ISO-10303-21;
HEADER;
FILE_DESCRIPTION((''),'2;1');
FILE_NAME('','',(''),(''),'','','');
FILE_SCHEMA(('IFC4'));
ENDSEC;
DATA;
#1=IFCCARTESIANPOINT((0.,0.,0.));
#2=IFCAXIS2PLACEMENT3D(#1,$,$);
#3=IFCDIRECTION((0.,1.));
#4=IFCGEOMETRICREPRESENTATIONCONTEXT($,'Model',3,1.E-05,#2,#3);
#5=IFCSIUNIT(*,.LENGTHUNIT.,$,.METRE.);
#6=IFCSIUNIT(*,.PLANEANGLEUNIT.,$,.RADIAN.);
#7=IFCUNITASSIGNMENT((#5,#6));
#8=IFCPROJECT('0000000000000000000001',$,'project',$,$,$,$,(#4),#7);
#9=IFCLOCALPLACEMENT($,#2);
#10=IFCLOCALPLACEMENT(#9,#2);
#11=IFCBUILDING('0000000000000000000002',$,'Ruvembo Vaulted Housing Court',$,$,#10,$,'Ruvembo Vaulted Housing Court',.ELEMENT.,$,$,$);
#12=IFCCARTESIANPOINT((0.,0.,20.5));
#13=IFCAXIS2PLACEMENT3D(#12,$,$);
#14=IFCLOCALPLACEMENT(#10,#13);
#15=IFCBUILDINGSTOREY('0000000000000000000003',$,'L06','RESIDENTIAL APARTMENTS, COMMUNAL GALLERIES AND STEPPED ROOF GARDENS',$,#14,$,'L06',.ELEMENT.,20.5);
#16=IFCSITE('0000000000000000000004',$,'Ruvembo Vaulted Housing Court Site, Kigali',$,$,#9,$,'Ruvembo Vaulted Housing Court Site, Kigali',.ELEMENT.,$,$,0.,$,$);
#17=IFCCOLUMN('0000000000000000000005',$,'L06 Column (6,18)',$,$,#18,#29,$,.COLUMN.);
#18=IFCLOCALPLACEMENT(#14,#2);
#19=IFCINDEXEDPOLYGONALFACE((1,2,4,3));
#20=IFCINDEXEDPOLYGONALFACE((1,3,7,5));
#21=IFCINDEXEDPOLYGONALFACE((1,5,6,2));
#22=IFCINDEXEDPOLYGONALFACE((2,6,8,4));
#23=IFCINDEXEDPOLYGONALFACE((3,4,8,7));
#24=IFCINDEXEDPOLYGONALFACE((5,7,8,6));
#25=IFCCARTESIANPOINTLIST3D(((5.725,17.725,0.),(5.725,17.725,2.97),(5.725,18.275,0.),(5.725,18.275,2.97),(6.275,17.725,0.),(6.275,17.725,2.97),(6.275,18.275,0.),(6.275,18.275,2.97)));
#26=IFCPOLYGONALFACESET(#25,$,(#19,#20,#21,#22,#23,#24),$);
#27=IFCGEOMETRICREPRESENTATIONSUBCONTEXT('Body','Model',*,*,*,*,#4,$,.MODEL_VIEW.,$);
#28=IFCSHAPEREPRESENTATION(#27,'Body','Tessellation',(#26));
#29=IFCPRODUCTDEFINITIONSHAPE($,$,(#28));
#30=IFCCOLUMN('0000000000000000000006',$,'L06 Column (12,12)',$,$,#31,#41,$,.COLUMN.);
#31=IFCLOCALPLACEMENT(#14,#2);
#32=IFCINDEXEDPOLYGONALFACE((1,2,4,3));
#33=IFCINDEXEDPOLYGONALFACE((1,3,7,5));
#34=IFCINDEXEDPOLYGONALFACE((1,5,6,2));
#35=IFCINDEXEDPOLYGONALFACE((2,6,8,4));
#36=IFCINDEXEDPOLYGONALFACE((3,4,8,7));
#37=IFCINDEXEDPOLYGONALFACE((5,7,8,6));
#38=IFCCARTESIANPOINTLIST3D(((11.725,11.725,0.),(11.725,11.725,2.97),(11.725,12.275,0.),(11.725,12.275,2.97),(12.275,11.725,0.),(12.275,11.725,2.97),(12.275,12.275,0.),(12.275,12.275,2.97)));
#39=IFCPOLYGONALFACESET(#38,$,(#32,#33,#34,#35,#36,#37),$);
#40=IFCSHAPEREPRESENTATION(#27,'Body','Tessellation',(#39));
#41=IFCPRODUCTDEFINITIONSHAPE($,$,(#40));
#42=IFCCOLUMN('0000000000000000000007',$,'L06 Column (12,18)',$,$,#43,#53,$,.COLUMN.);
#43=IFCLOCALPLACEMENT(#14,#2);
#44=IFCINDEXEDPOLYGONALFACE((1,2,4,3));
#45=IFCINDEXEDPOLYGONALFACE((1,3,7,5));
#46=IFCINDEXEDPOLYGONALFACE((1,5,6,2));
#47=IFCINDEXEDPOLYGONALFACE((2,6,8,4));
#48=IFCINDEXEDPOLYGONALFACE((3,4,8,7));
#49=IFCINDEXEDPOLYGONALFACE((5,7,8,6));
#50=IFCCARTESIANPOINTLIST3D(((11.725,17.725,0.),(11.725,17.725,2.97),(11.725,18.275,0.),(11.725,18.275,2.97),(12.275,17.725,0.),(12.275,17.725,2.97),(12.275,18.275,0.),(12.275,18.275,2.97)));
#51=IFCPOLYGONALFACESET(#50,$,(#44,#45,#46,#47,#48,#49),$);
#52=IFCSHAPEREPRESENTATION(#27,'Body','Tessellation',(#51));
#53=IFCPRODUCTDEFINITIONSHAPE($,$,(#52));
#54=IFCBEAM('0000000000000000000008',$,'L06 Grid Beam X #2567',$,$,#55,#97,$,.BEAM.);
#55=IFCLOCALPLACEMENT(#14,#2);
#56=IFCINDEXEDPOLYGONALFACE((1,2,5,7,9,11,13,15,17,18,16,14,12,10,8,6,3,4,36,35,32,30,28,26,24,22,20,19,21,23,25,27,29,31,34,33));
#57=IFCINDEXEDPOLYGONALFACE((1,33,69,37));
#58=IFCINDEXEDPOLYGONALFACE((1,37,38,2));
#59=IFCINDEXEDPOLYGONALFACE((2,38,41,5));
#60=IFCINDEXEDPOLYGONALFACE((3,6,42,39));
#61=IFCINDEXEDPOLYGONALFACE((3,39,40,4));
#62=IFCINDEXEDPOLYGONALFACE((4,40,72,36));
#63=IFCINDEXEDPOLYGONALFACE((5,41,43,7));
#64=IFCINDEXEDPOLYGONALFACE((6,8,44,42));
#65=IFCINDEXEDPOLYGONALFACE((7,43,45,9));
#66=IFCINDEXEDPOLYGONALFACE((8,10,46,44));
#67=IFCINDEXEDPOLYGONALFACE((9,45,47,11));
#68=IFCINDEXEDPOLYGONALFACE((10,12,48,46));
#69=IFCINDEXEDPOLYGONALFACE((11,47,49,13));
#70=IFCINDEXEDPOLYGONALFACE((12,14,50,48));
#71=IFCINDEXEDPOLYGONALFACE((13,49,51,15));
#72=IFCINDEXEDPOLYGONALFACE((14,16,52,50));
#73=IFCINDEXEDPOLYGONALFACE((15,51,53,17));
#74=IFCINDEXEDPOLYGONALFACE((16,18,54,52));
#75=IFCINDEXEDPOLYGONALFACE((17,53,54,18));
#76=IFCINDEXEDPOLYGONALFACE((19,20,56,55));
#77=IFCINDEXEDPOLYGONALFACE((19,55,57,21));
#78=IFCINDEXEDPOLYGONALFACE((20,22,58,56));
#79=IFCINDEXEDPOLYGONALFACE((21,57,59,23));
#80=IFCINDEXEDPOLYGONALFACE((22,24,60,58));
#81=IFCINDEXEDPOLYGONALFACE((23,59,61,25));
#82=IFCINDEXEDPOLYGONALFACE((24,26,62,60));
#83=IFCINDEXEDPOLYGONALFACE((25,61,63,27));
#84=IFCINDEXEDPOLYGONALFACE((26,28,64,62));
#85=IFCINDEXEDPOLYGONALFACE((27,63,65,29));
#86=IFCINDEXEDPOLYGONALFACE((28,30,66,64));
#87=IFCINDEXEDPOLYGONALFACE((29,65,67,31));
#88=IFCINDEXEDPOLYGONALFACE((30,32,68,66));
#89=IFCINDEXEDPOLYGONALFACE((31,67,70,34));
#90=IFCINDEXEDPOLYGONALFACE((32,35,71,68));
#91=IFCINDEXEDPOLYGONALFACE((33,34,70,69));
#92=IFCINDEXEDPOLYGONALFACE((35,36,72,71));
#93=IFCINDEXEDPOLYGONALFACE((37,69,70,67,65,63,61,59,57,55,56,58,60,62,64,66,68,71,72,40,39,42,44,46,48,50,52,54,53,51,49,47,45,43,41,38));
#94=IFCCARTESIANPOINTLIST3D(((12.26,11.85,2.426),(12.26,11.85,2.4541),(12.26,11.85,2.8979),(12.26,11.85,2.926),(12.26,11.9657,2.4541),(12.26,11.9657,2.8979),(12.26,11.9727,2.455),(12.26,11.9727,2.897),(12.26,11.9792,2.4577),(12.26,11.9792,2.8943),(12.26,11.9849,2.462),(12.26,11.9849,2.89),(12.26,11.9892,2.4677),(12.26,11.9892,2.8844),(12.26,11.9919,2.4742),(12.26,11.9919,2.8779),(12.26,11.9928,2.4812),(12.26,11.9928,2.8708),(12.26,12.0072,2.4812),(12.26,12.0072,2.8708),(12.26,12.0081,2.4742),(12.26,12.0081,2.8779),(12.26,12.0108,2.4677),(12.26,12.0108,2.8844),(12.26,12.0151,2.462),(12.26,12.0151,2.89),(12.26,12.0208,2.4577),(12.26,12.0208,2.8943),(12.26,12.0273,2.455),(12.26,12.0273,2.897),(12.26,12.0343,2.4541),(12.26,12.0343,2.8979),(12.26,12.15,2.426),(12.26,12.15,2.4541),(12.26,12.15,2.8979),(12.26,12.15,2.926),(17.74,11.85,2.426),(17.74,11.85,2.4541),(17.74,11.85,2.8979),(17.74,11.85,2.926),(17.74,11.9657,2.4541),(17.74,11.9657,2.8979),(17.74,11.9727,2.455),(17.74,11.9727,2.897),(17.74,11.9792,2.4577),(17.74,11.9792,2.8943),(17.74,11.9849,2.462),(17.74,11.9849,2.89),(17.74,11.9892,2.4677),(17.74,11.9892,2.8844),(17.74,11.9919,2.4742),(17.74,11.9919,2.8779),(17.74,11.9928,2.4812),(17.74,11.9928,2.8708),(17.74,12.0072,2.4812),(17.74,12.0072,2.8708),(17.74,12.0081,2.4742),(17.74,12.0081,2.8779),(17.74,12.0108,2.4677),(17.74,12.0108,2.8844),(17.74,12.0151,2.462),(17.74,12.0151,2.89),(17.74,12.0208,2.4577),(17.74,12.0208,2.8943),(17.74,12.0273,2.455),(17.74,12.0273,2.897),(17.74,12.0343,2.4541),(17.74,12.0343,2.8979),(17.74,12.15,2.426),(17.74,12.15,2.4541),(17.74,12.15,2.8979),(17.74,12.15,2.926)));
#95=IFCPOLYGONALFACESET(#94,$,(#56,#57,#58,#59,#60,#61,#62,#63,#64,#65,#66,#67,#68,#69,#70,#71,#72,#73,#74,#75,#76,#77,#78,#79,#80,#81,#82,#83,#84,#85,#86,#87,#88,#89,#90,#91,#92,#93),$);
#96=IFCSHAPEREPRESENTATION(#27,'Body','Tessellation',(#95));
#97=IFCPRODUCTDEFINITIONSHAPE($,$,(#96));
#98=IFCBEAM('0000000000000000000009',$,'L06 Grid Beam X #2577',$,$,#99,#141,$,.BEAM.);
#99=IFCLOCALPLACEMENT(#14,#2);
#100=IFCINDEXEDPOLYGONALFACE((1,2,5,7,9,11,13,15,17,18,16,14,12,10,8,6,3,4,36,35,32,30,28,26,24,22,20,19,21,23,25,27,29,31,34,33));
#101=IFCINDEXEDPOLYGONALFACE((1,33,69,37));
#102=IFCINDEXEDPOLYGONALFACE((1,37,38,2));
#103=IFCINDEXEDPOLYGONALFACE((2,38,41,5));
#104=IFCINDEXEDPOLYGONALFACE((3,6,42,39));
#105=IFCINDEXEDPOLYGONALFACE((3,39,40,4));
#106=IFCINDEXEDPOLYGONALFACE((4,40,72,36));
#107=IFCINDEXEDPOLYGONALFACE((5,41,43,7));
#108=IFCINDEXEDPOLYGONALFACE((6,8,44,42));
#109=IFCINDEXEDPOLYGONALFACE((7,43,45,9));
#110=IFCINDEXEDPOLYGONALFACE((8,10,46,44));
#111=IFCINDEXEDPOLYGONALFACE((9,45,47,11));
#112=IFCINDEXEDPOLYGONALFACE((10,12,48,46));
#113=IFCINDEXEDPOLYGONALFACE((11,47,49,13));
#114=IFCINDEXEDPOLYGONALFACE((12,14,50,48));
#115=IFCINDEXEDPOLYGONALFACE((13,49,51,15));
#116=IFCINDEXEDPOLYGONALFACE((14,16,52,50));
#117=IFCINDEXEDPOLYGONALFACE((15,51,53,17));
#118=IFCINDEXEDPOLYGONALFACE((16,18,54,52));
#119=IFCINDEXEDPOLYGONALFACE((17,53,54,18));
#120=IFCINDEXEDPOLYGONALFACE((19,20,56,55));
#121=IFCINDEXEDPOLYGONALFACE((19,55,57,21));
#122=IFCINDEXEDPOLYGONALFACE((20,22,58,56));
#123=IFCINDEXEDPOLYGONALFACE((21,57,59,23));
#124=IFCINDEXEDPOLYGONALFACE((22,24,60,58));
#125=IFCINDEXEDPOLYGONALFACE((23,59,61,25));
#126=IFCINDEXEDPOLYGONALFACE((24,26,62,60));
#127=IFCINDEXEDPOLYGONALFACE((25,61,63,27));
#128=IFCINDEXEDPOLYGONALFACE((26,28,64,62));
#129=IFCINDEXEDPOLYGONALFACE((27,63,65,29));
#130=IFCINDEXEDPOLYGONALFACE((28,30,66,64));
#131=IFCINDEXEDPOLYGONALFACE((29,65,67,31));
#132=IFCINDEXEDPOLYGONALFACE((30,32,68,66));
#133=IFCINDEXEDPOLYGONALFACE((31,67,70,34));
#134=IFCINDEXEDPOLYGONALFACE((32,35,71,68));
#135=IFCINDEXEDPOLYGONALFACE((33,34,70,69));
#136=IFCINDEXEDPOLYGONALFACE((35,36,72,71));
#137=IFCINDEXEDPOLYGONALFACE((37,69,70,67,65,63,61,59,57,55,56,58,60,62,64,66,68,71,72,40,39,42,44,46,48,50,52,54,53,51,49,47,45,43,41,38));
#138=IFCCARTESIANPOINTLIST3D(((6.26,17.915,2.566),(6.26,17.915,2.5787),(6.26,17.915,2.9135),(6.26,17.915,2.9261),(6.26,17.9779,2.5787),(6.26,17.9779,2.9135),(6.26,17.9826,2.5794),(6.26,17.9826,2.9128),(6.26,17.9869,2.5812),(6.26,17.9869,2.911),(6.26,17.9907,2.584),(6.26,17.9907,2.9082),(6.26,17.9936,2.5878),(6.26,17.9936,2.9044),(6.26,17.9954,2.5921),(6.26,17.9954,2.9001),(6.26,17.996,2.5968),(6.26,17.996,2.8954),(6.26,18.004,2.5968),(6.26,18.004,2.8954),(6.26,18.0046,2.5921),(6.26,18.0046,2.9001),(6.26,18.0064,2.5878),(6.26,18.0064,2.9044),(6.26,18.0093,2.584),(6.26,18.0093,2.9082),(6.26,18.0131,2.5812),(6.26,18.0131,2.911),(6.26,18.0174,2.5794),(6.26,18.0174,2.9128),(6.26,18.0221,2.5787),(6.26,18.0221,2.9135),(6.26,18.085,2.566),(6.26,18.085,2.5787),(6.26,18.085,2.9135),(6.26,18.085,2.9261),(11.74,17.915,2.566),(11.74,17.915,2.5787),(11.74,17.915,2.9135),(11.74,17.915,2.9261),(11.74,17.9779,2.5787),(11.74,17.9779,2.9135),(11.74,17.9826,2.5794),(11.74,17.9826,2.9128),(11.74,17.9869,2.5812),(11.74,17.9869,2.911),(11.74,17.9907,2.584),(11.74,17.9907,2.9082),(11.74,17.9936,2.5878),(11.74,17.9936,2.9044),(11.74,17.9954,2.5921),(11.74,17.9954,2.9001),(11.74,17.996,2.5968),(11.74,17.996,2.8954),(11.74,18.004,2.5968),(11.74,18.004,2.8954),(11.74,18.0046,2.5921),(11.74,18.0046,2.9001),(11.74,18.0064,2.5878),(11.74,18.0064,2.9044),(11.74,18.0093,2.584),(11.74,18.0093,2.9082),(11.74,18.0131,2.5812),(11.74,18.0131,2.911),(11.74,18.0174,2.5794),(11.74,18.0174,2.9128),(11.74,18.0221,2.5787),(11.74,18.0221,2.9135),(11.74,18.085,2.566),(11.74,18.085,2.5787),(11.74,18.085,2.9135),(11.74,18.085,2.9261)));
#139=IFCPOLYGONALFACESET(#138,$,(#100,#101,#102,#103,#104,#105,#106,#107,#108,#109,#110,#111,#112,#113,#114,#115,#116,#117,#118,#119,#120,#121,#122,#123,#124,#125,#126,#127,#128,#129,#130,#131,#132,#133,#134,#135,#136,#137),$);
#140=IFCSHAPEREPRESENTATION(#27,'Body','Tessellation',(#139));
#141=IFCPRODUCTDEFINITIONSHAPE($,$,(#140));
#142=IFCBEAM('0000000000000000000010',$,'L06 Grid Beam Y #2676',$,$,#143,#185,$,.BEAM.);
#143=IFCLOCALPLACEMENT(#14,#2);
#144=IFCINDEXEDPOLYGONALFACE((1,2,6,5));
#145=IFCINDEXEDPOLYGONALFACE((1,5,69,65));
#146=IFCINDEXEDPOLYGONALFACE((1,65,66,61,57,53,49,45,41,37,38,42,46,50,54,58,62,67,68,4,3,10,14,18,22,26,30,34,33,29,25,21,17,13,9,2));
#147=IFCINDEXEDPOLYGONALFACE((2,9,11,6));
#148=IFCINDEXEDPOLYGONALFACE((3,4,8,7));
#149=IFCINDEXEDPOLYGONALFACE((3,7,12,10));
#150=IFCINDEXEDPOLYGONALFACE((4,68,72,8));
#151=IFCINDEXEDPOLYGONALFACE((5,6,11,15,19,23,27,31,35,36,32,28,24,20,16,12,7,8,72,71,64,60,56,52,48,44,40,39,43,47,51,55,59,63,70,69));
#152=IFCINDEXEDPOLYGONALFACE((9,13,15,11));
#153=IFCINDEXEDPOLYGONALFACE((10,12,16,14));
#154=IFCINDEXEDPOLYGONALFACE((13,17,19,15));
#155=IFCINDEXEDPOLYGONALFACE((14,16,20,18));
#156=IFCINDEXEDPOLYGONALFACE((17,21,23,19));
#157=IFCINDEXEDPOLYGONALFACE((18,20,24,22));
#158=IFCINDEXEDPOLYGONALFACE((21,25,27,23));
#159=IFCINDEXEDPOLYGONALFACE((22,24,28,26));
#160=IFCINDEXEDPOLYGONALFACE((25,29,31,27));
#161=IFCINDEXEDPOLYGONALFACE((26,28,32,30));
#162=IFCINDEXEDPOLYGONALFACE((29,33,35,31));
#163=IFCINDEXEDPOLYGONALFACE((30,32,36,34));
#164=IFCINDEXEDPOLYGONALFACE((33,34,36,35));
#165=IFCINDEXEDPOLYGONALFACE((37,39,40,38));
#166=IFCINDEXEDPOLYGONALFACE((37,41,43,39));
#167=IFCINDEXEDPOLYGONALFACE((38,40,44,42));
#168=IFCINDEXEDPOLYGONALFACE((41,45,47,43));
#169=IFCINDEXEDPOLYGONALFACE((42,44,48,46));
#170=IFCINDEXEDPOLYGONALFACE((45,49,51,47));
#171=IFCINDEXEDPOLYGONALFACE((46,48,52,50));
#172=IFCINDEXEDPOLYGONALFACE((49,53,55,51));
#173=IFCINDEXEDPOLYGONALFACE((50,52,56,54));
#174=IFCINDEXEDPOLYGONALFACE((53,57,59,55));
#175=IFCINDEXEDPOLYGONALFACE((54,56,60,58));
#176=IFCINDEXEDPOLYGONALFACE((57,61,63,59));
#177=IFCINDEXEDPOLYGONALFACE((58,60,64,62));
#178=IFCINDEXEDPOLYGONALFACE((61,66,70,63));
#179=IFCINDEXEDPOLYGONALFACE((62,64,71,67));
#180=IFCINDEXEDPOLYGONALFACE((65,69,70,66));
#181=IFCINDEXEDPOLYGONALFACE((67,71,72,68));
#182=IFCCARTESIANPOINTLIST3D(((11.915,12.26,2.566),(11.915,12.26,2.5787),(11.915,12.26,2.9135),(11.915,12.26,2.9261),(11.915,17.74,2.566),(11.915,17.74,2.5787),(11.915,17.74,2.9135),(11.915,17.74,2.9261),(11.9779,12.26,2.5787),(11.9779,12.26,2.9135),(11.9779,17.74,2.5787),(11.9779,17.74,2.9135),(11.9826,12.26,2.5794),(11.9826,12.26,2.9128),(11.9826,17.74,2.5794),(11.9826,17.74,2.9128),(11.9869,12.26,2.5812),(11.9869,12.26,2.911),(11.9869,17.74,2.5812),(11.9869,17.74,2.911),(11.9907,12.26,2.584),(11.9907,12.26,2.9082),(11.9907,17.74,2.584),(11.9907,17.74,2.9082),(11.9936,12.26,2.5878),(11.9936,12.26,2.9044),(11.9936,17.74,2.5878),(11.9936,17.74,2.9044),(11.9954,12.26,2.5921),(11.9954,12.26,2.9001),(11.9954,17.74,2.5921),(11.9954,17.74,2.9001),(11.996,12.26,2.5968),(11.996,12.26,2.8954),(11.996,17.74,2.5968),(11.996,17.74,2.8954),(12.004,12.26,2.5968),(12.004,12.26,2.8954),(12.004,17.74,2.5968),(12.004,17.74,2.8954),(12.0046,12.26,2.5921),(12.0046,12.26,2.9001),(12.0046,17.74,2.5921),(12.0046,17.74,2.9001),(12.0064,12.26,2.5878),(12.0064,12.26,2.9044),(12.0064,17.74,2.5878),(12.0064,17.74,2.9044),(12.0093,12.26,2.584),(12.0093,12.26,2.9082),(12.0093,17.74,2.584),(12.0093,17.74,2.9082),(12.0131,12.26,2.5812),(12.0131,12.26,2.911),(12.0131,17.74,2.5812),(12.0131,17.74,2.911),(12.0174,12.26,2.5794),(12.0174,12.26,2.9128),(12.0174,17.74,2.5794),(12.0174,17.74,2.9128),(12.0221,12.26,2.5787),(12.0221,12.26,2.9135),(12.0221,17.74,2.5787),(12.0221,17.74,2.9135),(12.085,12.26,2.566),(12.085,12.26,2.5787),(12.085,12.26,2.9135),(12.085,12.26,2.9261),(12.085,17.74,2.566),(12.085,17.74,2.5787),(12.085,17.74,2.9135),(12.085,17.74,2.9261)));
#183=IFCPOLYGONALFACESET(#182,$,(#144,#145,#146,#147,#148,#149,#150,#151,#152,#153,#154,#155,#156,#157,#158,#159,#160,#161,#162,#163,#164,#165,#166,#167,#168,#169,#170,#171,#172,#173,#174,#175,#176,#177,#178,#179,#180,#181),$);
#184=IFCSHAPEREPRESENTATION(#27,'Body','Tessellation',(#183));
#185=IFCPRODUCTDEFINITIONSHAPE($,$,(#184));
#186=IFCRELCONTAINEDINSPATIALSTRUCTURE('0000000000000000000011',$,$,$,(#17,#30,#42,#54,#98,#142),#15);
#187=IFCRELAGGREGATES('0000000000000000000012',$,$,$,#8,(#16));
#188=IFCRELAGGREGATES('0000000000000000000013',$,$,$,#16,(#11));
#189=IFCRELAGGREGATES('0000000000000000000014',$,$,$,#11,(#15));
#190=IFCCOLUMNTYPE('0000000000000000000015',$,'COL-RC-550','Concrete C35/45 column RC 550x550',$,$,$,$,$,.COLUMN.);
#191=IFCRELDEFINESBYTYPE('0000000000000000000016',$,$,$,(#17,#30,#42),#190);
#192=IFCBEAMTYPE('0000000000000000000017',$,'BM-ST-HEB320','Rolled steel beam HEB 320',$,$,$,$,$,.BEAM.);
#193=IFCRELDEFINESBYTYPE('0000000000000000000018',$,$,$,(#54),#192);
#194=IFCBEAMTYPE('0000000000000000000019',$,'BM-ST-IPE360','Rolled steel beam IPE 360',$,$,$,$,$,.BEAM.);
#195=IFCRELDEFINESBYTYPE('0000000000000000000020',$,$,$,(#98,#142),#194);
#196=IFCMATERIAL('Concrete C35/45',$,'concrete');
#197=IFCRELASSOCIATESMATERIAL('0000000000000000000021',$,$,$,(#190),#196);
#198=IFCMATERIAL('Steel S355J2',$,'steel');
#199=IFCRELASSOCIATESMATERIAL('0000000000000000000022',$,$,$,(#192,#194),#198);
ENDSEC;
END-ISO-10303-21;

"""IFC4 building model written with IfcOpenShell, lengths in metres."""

from ifc_helpers import new_model, si_unit, direction, frame, origin, origin_2d, place, context, subcontext, project, spatial, rectangle, i_section, extrude, material, material_profile, profile_set, type_object, element, save


model = new_model("IFC4")

# Units and contexts
model_context = context("Model", 3, precision=1e-05, world=origin(), true_north=direction((0.0, 1.0)))
body_context = subcontext(model_context, "Body", "Model", "MODEL_VIEW")
ifc_project = project(units=[si_unit("LENGTHUNIT", "METRE"), si_unit("PLANEANGLEUNIT", "RADIAN")], contexts=[model_context])

# Site, building, storey
site_placement = place(None, origin())
site = spatial("IfcSite", under=ifc_project, at=site_placement, Name="Ruvembo Vaulted Housing Court Site, Kigali", LongName="Ruvembo Vaulted Housing Court Site, Kigali", CompositionType="ELEMENT", RefElevation=0.0)
building_placement = place(site_placement, origin())
building = spatial("IfcBuilding", under=site, at=building_placement, Name="Ruvembo Vaulted Housing Court", LongName="Ruvembo Vaulted Housing Court", CompositionType="ELEMENT")
storey_placement = place(building_placement, frame((0.0, 0.0, 20.5)))
storey = spatial("IfcBuildingStorey", under=building, at=storey_placement, Name="L06", Description="RESIDENTIAL APARTMENTS, COMMUNAL GALLERIES AND STEPPED ROOF GARDENS", LongName="L06", CompositionType="ELEMENT", Elevation=20.5)

# Columns
ifc_material_1 = material(Name="Concrete C35/45", Category="concrete")
ifc_material_profile_1 = material_profile(ifc_material_1, rectangle(XDim=0.55, YDim=0.55, at=origin_2d()), Name="RC 550x550")
ifc_profile_set_1 = profile_set([ifc_material_profile_1], Name="Concrete C35/45")
column_type = type_object("IfcColumnType", Name="COL-RC-550", Description="Concrete C35/45 column RC 550x550", PredefinedType="COLUMN", material=ifc_profile_set_1)
for number, where, z_axis, x_axis, name in (
    (1, (6.0, 18.0, 0.0), (0.0, 0.0, 1.0), (1.0, 0.0, 0.0), "L06 Column (6,18)"),
    (2, (12.0, 12.0, 0.0), (0.0, 0.0, 1.0), (1.0, 0.0, 0.0), "L06 Column (12,12)"),
    (3, (12.0, 18.0, 0.0), (0.0, 0.0, 1.0), (1.0, 0.0, 0.0), "L06 Column (12,18)"),
):
    element("IfcColumn", number, at=place(storey_placement, frame(where, z_axis=z_axis, x_axis=x_axis)), inside=storey, type_object=column_type, Name=name, PredefinedType="COLUMN", context=body_context, shape_type="SweptSolid", body=[
        extrude(rectangle(XDim=0.55, YDim=0.55, at=origin_2d()), origin(), (0.0, 0.0, 1.0), 2.97),
    ])

# Beams
ifc_material_2 = material(Name="Steel S355J2", Category="steel")
ifc_material_profile_2 = material_profile(ifc_material_2, i_section(OverallWidth=0.3, OverallDepth=0.5, WebThickness=0.0144, FlangeThickness=0.0281, FilletRadius=0.0271, at=origin_2d()), Name="HEB 320")
ifc_profile_set_2 = profile_set([ifc_material_profile_2], Name="Steel S355J2")
beam_type_1 = type_object("IfcBeamType", Name="BM-ST-HEB320", Description="Rolled steel beam HEB 320", PredefinedType="BEAM", material=ifc_profile_set_2)
beam_1_placement = place(storey_placement, frame((12.26, 12.0, 2.676), z_axis=(1.0, 0.0, 0.0), x_axis=(0.0, 1.0, 0.0)))
element("IfcBeam", 4, at=beam_1_placement, inside=storey, type_object=beam_type_1, Name="L06 Grid Beam X #2567", PredefinedType="BEAM", context=body_context, shape_type="SweptSolid", body=[
    extrude(i_section(OverallWidth=0.3, OverallDepth=0.5, WebThickness=0.0144, FlangeThickness=0.0281, FilletRadius=0.0271, at=origin_2d()), origin(), (0.0, 0.0, 1.0), 5.48),
])
ifc_material_profile_3 = material_profile(ifc_material_2, i_section(OverallWidth=0.1699, OverallDepth=0.3601, WebThickness=0.0081, FlangeThickness=0.0127, FilletRadius=0.0181, at=origin_2d()), Name="IPE 360")
ifc_profile_set_3 = profile_set([ifc_material_profile_3], Name="Steel S355J2")
beam_type_2 = type_object("IfcBeamType", Name="BM-ST-IPE360", Description="Rolled steel beam IPE 360", PredefinedType="BEAM", material=ifc_profile_set_3)
for number, where, z_axis, x_axis, name in (
    (5, (6.26, 18.0, 2.7461), (1.0, 0.0, 0.0), (0.0, 1.0, 0.0), "L06 Grid Beam X #2577"),
    (6, (12.0, 12.26, 2.7461), (0.0, 1.0, 0.0), (-1.0, 0.0, 0.0), "L06 Grid Beam Y #2676"),
):
    element("IfcBeam", number, at=place(storey_placement, frame(where, z_axis=z_axis, x_axis=x_axis)), inside=storey, type_object=beam_type_2, Name=name, PredefinedType="BEAM", context=body_context, shape_type="SweptSolid", body=[
        extrude(i_section(OverallWidth=0.1699, OverallDepth=0.3601, WebThickness=0.0081, FlangeThickness=0.0127, FilletRadius=0.0181, at=origin_2d()), origin(), (0.0, 0.0, 1.0), 5.48),
    ])

save(model, "model.ifc")
